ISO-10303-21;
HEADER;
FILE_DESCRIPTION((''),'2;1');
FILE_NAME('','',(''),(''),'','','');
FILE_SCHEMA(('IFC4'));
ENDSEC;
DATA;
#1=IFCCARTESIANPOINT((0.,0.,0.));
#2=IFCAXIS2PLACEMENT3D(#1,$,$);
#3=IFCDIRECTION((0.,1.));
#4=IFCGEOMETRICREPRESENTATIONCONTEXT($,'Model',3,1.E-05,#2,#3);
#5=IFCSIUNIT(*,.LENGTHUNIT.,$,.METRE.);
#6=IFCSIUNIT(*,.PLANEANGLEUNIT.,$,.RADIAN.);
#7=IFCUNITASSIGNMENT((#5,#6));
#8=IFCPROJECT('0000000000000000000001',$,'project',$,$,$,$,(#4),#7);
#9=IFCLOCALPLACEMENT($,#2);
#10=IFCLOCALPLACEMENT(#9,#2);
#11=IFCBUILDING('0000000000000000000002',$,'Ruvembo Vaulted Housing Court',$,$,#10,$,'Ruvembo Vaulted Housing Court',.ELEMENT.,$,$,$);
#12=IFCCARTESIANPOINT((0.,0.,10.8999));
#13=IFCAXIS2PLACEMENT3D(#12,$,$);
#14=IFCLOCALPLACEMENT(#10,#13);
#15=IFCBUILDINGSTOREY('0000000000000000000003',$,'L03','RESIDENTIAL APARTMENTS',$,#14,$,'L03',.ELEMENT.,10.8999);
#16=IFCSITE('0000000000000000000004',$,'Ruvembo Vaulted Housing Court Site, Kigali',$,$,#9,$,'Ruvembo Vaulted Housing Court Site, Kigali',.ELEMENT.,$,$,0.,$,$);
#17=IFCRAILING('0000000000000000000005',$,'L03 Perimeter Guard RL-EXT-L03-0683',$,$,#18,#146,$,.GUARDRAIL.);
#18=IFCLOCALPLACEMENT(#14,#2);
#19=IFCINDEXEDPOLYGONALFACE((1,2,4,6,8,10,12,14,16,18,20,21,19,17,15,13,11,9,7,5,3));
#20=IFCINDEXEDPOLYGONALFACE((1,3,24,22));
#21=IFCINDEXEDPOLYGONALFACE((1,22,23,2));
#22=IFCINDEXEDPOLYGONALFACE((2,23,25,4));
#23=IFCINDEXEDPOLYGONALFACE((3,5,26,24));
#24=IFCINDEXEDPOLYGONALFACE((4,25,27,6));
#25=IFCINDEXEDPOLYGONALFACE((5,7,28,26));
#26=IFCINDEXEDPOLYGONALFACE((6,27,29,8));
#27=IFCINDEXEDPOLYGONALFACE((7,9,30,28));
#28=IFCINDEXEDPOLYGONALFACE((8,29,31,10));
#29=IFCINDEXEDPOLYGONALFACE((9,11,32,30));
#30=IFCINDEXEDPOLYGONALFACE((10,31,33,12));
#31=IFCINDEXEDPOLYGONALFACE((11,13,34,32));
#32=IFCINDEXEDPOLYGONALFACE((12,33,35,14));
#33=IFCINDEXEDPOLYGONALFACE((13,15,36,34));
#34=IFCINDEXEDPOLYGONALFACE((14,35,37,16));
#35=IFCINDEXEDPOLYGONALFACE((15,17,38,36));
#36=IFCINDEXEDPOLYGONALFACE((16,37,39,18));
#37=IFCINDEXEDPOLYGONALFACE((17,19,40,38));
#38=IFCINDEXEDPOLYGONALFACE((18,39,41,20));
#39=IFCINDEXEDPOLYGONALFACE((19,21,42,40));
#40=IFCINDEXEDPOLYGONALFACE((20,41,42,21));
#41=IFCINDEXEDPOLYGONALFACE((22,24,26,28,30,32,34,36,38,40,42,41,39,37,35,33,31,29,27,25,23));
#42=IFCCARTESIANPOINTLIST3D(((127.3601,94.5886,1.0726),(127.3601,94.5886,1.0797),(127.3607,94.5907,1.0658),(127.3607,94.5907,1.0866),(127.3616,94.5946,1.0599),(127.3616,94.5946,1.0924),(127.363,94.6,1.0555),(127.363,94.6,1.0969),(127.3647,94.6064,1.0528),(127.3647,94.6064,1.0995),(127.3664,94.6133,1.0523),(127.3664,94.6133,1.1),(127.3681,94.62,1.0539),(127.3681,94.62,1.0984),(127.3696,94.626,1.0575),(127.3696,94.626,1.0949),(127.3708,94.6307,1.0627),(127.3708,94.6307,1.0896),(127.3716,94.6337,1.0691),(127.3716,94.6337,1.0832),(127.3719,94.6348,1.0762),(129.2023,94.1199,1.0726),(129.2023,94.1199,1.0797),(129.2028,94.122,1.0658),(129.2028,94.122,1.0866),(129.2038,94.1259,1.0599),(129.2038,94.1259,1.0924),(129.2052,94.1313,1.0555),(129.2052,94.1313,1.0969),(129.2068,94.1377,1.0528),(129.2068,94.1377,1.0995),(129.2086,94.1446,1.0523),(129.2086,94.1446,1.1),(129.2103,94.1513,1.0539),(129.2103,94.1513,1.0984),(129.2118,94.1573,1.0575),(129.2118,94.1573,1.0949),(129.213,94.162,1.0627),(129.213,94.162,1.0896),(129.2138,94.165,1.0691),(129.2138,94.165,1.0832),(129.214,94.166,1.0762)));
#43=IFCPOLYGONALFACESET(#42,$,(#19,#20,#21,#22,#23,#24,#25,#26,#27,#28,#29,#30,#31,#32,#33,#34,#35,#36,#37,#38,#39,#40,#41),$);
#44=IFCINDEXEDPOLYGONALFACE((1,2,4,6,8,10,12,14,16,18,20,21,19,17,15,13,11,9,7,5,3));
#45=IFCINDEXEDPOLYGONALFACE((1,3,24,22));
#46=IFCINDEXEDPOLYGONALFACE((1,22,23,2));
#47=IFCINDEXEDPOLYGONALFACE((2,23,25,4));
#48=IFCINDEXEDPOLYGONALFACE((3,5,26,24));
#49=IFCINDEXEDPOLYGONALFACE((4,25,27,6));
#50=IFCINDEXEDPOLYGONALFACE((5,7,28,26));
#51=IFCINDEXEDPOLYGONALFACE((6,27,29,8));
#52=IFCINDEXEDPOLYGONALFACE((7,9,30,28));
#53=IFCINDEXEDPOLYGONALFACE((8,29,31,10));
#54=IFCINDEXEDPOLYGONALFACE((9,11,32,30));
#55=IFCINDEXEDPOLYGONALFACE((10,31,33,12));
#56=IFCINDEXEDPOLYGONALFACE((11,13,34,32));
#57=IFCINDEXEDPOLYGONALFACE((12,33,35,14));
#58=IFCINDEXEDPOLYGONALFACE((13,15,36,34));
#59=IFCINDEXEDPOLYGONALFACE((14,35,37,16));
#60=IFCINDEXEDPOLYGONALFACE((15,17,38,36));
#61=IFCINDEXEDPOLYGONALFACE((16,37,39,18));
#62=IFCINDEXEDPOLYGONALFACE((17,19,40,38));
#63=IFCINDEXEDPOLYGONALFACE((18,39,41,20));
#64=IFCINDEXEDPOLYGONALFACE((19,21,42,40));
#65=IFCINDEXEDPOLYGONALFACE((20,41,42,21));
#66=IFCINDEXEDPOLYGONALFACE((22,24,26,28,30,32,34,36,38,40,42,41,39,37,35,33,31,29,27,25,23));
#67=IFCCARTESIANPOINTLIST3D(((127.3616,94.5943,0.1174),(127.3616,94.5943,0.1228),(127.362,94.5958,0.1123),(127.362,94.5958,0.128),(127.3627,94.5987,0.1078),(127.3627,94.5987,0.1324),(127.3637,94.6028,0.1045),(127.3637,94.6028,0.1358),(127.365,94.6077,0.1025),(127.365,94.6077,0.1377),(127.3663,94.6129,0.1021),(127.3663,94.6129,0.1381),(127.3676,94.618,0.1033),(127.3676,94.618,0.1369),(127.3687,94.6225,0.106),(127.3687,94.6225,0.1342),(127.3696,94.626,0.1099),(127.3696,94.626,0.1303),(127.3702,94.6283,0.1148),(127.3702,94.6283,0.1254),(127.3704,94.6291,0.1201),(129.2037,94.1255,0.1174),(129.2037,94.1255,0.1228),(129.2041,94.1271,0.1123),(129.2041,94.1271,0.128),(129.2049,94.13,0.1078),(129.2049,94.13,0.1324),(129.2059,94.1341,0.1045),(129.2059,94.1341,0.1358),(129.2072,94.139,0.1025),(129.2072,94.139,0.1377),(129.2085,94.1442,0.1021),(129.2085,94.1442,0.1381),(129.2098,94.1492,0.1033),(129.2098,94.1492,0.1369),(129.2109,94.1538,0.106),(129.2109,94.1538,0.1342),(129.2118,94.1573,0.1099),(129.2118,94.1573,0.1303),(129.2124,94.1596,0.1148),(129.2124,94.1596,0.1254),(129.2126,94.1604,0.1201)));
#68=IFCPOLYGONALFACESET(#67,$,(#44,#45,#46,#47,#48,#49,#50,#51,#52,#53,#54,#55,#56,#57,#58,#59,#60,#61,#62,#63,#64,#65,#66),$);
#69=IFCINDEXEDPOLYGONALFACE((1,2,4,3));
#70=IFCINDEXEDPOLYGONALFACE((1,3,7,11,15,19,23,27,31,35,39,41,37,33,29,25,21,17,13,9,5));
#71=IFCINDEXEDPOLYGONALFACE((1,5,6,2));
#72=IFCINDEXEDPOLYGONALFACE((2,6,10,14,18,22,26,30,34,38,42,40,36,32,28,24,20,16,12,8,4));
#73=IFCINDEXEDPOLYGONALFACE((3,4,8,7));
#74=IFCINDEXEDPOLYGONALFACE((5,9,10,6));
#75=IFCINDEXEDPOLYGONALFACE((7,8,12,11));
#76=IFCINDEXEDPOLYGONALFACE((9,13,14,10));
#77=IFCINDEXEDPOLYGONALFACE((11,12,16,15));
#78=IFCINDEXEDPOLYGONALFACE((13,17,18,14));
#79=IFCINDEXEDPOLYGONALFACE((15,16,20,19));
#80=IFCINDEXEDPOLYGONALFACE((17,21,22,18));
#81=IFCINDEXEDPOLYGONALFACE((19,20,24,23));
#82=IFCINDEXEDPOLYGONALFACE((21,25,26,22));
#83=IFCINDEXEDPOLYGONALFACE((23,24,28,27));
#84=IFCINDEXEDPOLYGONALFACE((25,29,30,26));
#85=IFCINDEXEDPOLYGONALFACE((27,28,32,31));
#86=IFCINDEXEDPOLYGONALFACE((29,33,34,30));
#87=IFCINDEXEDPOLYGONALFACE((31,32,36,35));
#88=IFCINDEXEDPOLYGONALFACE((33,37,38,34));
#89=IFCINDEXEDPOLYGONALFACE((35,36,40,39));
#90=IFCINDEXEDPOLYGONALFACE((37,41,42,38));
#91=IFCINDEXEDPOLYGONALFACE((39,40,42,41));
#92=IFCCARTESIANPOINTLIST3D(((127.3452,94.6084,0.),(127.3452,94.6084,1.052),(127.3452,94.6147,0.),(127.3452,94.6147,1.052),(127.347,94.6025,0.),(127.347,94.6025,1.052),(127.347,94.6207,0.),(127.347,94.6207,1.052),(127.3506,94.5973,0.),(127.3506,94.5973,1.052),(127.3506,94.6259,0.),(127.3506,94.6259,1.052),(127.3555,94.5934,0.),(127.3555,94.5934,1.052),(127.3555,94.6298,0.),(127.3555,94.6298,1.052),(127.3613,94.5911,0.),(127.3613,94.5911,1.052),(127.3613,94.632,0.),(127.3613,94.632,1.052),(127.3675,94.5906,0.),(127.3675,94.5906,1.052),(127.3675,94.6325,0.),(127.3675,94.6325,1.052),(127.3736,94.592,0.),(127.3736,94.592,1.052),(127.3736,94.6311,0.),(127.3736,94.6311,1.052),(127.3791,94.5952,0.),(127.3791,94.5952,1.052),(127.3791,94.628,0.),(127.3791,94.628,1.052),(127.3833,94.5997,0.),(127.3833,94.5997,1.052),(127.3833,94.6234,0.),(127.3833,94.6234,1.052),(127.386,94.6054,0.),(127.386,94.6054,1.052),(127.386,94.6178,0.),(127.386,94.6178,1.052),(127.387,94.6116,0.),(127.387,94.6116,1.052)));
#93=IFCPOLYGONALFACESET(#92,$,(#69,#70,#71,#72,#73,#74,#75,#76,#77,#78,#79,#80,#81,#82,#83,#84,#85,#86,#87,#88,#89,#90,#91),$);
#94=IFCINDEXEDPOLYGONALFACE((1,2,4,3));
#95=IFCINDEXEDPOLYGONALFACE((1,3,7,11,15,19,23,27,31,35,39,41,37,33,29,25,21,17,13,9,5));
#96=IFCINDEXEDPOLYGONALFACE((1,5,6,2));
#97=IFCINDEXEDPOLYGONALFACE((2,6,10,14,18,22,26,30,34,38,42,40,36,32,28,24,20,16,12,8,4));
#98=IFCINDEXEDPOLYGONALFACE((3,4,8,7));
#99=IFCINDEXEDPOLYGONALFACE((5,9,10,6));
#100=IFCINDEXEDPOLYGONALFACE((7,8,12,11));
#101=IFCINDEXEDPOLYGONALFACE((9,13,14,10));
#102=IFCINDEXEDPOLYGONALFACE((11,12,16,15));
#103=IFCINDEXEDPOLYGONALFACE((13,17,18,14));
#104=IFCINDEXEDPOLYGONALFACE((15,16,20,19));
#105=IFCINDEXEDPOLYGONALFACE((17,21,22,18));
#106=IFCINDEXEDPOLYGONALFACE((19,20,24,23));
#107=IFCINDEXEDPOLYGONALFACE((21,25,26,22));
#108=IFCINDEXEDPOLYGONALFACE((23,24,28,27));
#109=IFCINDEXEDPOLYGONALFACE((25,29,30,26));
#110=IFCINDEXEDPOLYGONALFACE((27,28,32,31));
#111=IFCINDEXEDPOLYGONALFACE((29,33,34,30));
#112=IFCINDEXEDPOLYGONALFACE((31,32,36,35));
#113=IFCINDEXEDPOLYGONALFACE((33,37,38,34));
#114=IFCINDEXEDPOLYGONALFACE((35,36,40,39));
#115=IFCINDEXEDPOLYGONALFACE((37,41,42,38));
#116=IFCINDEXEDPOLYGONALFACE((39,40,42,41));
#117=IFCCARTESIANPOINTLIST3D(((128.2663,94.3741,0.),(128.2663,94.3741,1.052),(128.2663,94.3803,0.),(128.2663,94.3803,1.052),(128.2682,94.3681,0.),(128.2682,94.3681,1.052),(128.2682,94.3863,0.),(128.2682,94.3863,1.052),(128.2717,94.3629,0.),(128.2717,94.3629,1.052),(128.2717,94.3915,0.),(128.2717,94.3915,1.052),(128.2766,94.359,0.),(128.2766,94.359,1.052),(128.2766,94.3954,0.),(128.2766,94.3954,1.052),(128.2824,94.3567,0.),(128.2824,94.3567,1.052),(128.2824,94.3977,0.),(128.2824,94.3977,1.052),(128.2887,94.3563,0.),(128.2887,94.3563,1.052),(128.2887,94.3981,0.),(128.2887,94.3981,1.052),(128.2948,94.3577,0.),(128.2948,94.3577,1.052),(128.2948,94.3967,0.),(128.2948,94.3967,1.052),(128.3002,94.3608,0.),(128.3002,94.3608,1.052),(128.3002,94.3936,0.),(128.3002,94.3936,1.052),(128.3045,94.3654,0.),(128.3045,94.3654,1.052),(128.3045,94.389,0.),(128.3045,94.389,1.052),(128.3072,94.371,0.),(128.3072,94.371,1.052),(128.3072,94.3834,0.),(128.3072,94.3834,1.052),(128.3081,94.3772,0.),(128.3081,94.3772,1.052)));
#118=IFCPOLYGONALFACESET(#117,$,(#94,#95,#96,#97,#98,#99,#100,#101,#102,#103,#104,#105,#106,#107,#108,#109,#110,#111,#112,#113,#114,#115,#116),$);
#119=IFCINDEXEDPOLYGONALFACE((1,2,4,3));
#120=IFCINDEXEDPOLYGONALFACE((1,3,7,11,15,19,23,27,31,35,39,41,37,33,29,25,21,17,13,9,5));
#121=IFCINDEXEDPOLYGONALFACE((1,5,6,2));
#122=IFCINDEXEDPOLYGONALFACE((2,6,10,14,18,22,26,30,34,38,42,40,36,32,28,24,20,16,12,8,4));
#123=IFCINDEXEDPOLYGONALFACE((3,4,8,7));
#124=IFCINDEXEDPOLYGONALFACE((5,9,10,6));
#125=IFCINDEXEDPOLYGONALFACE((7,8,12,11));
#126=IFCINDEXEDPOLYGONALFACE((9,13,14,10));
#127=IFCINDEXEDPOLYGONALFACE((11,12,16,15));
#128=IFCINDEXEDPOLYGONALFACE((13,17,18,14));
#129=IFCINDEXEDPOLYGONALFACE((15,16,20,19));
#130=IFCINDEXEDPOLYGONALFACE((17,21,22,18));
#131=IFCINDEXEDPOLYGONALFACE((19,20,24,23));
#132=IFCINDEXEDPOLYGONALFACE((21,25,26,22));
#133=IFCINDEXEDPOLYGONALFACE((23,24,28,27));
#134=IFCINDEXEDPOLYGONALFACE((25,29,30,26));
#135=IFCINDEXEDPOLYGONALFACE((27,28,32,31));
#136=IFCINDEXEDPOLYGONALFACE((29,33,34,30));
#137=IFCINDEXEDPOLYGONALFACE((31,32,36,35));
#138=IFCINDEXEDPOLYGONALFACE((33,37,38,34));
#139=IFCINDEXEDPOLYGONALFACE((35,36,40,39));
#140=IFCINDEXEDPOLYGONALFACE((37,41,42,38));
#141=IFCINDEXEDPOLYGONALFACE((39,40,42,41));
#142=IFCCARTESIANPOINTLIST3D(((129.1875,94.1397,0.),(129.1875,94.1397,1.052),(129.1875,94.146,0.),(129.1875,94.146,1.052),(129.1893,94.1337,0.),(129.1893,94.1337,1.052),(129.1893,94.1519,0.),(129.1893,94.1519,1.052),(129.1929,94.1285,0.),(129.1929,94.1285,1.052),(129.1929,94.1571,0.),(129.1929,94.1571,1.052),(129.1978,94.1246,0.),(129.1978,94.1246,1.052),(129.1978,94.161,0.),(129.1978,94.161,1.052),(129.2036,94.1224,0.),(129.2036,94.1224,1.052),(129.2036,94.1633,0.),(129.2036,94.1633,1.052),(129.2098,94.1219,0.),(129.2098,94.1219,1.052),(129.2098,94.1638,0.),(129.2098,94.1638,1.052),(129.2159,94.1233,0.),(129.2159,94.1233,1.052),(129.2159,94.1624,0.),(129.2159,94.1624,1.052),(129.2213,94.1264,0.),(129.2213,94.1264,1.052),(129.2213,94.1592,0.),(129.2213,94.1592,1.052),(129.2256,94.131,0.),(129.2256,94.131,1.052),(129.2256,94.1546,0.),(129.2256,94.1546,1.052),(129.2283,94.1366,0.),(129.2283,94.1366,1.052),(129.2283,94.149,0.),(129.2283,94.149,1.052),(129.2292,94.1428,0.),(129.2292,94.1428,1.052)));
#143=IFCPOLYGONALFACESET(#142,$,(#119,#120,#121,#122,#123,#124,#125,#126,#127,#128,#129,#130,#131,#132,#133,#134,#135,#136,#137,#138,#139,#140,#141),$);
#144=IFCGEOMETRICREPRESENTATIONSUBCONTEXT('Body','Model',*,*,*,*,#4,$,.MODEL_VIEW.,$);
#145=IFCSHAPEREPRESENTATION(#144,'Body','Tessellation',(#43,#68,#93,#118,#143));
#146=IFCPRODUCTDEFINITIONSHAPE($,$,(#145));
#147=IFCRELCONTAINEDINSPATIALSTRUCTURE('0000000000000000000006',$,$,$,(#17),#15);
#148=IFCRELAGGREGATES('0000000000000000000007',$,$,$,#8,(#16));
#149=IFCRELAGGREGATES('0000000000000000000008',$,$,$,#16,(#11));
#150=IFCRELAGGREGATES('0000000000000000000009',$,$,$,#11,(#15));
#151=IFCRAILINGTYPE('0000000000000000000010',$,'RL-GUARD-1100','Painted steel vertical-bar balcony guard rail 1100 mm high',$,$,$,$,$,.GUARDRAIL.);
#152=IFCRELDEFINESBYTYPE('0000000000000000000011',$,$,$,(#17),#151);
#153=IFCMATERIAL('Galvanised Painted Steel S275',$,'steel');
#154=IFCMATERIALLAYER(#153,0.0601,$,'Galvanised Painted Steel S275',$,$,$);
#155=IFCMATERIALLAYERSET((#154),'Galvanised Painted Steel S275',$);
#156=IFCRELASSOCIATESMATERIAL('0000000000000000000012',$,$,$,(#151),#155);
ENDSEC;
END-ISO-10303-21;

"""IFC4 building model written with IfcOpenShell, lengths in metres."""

from ifc_helpers import new_model, si_unit, direction, frame, origin, origin_2d, place, context, subcontext, project, spatial, circle, extrude, material, layer, layer_set, type_object, element, save


model = new_model("IFC4")

# Units and contexts
model_context = context("Model", 3, precision=1e-05, world=origin(), true_north=direction((0.0, 1.0)))
body_context = subcontext(model_context, "Body", "Model", "MODEL_VIEW")
ifc_project = project(units=[si_unit("LENGTHUNIT", "METRE"), si_unit("PLANEANGLEUNIT", "RADIAN")], contexts=[model_context])

# Site, building, storey
site_placement = place(None, origin())
site = spatial("IfcSite", under=ifc_project, at=site_placement, Name="Ruvembo Vaulted Housing Court Site, Kigali", LongName="Ruvembo Vaulted Housing Court Site, Kigali", CompositionType="ELEMENT", RefElevation=0.0)
building_placement = place(site_placement, origin())
building = spatial("IfcBuilding", under=site, at=building_placement, Name="Ruvembo Vaulted Housing Court", LongName="Ruvembo Vaulted Housing Court", CompositionType="ELEMENT")
storey_placement = place(building_placement, frame((0.0, 0.0, 10.8999)))
storey = spatial("IfcBuildingStorey", under=building, at=storey_placement, Name="L03", Description="RESIDENTIAL APARTMENTS", LongName="L03", CompositionType="ELEMENT", Elevation=10.8999)

# Railing
ifc_material_1 = material(Name="Galvanised Painted Steel S275", Category="steel")
ifc_layer = layer(ifc_material_1, 0.0601, Name="Galvanised Painted Steel S275")
ifc_layer_set = layer_set([ifc_layer], Name="Galvanised Painted Steel S275")
railing_type = type_object("IfcRailingType", Name="RL-GUARD-1100", Description="Painted steel vertical-bar balcony guard rail 1100 mm high", PredefinedType="GUARDRAIL", material=ifc_layer_set)
railing_1_placement = place(storey_placement, frame((127.366, 94.6116, 0.0)))
element("IfcRailing", 1, at=railing_1_placement, inside=storey, type_object=railing_type, Name="L03 Perimeter Guard RL-EXT-L03-0683", PredefinedType="GUARDRAIL", context=body_context, shape_type="SweptSolid", body=[
    extrude(circle(Radius=0.0239, at=origin_2d()), frame((0.0, 0.0, 1.0762), z_axis=(0.969122, -0.246583, 0.0), x_axis=(0.246583, 0.969122, 0.0)), (0.0, 0.0, 1.0), 1.9009),
    extrude(circle(Radius=0.0181, at=origin_2d()), frame((0.0, 0.0, 0.1201), z_axis=(0.969122, -0.246583, 0.0), x_axis=(0.246583, 0.969122, 0.0)), (0.0, 0.0, 1.0), 1.9009),
    extrude(circle(Radius=0.021, at=origin_2d()), origin(), (0.0, 0.0, 1.0), 1.052),
    extrude(circle(Radius=0.021, at=origin_2d()), frame((0.9211, -0.2344, 0.0)), (0.0, 0.0, 1.0), 1.052),
    extrude(circle(Radius=0.021, at=origin_2d()), frame((1.8423, -0.4688, 0.0)), (0.0, 0.0, 1.0), 1.052),
])

save(model, "model.ifc")
